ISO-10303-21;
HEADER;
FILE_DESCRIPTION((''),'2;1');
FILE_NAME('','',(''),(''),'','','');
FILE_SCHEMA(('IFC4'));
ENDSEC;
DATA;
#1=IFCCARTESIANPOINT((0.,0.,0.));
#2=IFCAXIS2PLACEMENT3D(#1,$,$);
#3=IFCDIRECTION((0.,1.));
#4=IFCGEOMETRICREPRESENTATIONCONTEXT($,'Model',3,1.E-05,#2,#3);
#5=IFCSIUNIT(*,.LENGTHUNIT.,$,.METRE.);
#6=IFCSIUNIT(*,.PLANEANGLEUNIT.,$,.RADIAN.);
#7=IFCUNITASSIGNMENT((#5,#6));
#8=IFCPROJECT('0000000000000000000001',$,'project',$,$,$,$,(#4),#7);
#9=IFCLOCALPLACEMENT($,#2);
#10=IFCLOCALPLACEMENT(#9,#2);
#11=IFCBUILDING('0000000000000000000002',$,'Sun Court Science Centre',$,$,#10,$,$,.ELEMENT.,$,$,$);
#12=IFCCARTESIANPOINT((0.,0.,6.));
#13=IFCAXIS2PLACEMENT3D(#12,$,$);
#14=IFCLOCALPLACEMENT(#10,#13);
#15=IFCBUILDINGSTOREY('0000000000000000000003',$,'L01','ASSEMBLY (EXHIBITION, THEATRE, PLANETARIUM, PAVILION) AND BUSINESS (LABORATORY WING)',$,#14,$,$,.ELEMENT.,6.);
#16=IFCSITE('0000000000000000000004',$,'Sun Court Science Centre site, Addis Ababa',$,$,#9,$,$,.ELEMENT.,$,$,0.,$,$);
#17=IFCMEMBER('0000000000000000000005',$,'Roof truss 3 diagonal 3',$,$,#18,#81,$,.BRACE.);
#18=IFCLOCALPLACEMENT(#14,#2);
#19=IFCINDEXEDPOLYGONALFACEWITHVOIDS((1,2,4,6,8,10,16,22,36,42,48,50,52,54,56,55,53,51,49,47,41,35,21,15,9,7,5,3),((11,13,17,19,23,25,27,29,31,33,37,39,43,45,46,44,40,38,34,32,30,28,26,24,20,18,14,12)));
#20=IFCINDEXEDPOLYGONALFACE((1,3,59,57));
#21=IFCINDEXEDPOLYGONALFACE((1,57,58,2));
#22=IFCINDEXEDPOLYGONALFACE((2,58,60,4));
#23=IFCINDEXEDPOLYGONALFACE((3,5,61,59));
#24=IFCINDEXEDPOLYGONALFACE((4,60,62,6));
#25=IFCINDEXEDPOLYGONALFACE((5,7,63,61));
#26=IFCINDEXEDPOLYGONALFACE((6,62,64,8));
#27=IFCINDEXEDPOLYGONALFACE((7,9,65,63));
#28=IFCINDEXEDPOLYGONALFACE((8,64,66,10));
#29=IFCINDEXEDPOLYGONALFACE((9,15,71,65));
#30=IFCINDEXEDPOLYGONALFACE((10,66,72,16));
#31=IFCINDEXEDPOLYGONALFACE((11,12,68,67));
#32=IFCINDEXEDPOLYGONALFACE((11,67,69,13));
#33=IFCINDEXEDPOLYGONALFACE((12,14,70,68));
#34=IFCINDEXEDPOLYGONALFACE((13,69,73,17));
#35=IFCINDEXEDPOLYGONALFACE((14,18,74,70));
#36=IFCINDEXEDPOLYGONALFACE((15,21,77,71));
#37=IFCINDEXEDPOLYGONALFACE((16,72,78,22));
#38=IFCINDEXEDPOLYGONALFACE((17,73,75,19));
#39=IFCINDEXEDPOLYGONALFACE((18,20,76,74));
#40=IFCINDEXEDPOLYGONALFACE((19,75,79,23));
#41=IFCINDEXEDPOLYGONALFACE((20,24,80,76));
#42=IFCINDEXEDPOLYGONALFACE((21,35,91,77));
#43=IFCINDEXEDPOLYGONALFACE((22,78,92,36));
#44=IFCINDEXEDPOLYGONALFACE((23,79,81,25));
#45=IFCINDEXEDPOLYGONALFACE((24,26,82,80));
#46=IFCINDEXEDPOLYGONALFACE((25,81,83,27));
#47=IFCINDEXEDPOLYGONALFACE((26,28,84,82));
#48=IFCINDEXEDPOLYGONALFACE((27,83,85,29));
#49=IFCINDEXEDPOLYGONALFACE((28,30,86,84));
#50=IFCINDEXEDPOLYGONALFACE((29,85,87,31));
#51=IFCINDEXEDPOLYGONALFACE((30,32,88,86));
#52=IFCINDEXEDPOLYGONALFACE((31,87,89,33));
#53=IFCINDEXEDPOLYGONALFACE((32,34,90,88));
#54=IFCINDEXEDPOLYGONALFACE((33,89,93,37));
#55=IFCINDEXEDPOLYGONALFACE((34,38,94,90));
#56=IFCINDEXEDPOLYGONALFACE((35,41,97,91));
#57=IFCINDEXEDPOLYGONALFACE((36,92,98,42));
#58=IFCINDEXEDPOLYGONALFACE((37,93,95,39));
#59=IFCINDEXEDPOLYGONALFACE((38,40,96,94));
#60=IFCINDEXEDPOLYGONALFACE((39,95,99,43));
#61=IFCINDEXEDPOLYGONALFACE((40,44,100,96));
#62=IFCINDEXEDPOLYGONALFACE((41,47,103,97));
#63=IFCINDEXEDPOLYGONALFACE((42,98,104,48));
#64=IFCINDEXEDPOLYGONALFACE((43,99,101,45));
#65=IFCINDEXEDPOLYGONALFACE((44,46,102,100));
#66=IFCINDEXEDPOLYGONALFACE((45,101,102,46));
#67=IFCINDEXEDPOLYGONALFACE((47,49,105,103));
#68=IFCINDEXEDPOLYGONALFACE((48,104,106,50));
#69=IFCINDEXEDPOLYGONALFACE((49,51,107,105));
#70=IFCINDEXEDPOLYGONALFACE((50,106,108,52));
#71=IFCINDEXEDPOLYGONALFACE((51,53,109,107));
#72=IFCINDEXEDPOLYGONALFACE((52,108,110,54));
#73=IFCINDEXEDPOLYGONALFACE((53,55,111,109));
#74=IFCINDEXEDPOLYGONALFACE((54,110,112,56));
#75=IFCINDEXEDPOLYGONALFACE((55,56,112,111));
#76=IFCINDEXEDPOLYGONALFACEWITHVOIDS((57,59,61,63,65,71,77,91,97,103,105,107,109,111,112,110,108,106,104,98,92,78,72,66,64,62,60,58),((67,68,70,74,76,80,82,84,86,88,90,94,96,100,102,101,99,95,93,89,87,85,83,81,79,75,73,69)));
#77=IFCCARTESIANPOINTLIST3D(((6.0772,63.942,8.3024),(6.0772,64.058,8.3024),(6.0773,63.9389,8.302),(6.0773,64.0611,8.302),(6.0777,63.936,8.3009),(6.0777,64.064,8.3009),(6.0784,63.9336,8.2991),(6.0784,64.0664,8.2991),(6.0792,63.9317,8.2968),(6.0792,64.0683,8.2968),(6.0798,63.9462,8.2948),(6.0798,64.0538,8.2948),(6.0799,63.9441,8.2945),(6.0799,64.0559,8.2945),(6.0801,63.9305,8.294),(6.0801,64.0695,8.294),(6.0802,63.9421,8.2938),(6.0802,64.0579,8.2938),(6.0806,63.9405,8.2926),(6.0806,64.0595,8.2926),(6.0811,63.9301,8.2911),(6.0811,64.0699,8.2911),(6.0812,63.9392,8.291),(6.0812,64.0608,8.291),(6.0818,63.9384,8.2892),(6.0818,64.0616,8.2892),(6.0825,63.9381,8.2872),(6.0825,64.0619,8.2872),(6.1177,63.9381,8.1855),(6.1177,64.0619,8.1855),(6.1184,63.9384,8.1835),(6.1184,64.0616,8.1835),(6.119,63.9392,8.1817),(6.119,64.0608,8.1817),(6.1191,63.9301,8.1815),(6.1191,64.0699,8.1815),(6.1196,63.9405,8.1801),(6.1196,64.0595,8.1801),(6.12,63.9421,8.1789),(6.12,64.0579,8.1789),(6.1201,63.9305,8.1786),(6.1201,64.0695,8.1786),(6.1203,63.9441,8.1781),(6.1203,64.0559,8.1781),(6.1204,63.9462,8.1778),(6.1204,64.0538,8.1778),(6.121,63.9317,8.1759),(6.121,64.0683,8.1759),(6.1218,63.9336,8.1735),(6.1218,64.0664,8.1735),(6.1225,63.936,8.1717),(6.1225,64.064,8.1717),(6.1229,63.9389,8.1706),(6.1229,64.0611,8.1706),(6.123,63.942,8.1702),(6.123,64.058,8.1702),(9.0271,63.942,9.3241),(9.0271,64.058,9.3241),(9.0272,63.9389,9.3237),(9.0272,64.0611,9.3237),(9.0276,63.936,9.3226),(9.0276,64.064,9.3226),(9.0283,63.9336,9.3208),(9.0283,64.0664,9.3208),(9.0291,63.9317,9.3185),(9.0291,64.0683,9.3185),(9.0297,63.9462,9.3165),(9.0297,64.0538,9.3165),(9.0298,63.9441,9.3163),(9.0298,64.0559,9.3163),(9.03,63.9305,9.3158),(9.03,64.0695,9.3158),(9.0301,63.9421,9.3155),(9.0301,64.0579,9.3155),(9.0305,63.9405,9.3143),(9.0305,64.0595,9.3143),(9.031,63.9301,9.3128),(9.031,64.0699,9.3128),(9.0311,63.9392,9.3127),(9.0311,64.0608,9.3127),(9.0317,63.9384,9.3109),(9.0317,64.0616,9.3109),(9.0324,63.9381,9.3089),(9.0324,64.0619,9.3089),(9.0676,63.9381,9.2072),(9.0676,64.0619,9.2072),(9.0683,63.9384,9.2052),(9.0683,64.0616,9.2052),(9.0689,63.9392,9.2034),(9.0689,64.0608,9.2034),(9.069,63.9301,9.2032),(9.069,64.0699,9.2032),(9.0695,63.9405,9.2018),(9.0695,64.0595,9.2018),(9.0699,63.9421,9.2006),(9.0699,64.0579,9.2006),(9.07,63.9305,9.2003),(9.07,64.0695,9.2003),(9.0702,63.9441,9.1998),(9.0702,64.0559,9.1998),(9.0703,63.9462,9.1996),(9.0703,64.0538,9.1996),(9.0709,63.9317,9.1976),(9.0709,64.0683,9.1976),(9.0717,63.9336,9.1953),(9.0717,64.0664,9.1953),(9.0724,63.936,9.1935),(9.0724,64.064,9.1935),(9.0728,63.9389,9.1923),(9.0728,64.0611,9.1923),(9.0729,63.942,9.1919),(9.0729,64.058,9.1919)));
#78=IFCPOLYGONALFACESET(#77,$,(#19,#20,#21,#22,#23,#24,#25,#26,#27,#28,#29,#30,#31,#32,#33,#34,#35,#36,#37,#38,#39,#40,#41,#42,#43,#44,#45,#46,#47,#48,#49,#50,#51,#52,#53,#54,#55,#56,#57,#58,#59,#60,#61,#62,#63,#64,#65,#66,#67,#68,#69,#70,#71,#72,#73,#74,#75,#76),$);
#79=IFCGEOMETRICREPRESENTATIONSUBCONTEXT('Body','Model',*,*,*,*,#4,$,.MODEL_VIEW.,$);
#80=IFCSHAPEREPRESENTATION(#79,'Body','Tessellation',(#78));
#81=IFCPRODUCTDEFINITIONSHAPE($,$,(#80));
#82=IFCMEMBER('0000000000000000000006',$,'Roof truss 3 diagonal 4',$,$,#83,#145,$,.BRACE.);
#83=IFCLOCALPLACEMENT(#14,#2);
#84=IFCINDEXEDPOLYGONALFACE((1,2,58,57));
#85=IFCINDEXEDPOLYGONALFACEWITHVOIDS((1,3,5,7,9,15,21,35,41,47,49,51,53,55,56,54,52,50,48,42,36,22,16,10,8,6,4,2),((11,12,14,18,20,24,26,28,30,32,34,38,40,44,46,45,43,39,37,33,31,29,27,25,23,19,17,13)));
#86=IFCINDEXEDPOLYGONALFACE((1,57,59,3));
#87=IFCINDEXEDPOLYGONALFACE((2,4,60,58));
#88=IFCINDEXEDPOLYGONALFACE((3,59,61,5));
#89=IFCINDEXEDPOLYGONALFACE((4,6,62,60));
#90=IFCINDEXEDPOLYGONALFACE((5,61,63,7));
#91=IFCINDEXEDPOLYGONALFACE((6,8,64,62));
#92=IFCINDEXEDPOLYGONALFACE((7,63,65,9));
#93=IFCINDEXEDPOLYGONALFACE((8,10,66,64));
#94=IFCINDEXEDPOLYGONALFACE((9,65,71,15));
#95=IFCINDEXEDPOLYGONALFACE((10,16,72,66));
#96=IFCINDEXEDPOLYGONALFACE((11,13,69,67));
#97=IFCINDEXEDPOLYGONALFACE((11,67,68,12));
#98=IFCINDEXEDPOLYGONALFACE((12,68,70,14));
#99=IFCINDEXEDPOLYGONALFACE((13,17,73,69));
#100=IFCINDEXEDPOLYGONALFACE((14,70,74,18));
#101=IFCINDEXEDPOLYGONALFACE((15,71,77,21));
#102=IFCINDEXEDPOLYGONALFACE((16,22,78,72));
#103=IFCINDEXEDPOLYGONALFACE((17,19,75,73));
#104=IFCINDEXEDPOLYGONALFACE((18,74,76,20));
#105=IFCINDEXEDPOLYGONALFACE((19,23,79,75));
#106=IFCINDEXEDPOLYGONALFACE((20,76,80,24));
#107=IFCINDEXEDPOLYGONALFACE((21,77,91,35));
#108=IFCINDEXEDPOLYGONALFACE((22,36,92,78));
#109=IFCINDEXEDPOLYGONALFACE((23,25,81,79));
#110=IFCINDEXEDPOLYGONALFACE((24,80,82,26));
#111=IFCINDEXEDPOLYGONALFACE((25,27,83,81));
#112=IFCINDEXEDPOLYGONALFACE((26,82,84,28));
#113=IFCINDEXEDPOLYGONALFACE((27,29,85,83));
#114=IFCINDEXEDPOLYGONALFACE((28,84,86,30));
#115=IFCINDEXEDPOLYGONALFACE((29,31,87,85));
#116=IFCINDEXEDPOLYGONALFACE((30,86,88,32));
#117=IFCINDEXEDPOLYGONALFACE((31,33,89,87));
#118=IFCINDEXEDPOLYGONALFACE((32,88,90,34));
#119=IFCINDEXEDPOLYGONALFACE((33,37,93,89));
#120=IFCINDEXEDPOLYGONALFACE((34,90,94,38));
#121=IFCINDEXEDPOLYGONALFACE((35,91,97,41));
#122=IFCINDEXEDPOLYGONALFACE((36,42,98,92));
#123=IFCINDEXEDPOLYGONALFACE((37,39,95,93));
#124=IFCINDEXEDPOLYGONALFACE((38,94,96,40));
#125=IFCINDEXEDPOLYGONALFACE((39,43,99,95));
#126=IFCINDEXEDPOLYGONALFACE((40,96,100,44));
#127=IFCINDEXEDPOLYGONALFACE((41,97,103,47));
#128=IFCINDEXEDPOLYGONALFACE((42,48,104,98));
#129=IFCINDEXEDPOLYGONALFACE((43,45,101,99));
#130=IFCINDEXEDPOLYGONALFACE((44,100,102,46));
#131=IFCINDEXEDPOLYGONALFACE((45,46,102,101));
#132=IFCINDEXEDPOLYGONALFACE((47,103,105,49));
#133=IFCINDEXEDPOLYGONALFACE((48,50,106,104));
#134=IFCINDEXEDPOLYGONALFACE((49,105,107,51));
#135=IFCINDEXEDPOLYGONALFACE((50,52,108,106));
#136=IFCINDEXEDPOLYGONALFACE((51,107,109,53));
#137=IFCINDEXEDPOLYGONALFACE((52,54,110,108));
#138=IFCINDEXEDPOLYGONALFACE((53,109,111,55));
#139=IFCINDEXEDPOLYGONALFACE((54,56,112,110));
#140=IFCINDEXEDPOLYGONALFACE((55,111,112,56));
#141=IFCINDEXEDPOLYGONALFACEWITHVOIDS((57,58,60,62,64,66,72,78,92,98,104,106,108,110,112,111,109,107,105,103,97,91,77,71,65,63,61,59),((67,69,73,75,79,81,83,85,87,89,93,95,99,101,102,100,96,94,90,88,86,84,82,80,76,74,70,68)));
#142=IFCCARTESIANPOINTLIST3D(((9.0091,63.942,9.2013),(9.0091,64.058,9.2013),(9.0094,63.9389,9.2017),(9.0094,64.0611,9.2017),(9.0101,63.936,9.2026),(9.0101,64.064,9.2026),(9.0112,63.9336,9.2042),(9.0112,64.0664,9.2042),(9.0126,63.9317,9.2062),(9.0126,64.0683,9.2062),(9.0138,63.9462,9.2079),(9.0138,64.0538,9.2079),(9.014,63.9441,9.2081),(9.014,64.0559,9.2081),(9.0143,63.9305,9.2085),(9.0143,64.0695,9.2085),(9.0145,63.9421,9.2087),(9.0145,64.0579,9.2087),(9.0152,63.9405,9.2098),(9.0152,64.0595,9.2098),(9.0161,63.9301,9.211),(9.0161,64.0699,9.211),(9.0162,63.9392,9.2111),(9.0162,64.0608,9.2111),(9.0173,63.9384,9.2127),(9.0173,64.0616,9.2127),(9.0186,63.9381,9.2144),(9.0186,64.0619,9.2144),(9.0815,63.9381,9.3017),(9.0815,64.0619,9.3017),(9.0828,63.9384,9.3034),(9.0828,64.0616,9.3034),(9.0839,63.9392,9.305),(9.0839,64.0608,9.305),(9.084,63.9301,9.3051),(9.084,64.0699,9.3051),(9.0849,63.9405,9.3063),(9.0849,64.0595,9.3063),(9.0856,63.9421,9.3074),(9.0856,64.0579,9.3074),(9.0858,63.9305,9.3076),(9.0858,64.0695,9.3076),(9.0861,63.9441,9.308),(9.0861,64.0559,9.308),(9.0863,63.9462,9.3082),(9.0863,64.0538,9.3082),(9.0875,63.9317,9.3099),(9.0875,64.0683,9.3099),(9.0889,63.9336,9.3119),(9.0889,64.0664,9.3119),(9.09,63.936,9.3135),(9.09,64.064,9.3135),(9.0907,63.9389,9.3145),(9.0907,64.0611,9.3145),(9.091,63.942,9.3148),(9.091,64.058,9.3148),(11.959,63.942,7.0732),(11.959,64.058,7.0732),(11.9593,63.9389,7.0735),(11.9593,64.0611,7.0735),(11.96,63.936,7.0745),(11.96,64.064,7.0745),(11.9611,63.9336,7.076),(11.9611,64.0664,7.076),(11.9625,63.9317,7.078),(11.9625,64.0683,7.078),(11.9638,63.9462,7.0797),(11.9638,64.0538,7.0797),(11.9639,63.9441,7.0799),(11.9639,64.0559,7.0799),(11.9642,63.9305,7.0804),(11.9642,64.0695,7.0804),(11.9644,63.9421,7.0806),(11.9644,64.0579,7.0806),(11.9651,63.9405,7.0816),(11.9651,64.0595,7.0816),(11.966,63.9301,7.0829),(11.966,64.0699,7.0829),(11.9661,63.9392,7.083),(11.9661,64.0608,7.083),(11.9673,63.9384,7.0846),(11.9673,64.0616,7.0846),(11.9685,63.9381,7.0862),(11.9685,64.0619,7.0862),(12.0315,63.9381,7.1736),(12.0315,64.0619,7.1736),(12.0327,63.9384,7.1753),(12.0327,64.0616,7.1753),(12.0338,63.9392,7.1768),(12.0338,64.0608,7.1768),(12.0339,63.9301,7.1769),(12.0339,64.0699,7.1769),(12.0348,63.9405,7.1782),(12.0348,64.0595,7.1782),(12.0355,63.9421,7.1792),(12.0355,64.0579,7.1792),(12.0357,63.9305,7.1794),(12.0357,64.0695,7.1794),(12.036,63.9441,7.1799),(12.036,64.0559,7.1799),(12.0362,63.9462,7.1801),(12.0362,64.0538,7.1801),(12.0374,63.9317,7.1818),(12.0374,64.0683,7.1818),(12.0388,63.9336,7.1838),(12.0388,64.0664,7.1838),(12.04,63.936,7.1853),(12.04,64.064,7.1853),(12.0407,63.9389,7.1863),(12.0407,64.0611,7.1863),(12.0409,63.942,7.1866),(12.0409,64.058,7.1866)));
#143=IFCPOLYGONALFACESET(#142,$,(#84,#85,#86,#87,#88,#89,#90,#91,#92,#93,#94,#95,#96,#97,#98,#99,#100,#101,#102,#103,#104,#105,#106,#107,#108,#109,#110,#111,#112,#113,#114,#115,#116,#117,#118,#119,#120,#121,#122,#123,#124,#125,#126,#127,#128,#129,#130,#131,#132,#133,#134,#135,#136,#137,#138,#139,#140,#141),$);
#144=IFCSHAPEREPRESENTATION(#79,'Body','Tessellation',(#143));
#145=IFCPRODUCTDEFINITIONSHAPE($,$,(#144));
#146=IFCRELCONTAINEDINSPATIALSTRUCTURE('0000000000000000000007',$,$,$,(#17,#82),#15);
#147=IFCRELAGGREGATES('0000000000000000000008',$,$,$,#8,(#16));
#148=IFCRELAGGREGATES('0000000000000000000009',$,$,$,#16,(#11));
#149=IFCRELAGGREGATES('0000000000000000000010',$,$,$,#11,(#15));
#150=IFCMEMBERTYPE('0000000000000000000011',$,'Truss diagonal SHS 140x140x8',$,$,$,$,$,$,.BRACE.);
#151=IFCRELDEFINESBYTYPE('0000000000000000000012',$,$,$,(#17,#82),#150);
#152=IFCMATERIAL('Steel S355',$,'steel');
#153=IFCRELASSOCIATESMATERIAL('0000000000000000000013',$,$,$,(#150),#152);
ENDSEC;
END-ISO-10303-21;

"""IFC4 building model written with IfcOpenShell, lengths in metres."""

from ifc_helpers import new_model, si_unit, direction, frame, origin, origin_2d, place, context, subcontext, project, spatial, hollow_rectangle, extrude, material, material_profile, profile_set, type_object, element, save


model = new_model("IFC4")

# Units and contexts
model_context = context("Model", 3, precision=1e-05, world=origin(), true_north=direction((0.0, 1.0)))
body_context = subcontext(model_context, "Body", "Model", "MODEL_VIEW")
ifc_project = project(units=[si_unit("LENGTHUNIT", "METRE"), si_unit("PLANEANGLEUNIT", "RADIAN")], contexts=[model_context])

# Site, building, storey
site_placement = place(None, origin())
site = spatial("IfcSite", under=ifc_project, at=site_placement, Name="Sun Court Science Centre site, Addis Ababa", CompositionType="ELEMENT", RefElevation=0.0)
building_placement = place(site_placement, origin())
building = spatial("IfcBuilding", under=site, at=building_placement, Name="Sun Court Science Centre", CompositionType="ELEMENT")
storey_placement = place(building_placement, frame((0.0, 0.0, 6.0)))
storey = spatial("IfcBuildingStorey", under=building, at=storey_placement, Name="L01", Description="ASSEMBLY (EXHIBITION, THEATRE, PLANETARIUM, PAVILION) AND BUSINESS (LABORATORY WING)", CompositionType="ELEMENT", Elevation=6.0)

# Members
ifc_material_1 = material(Name="Steel S355", Category="steel")
ifc_material_profile_1 = material_profile(ifc_material_1, hollow_rectangle(XDim=0.1399, YDim=0.1399, WallThickness=0.0081, InnerFilletRadius=0.0081, OuterFilletRadius=0.012, at=origin_2d()), Name="SHS 140x140x8")
ifc_profile_set_1 = profile_set([ifc_material_profile_1], Name="Steel S355")
member_type_1 = type_object("IfcMemberType", Name="Truss diagonal SHS 140x140x8", PredefinedType="BRACE", material=ifc_profile_set_1)
member_1_placement = place(storey_placement, frame((6.1001, 64.0, 8.2363), z_axis=(0.944927, 0.0, 0.32728), x_axis=(0.0, 1.0, 0.0)))
element("IfcMember", 1, at=member_1_placement, inside=storey, type_object=member_type_1, Name="Roof truss 3 diagonal 3", PredefinedType="BRACE", context=body_context, shape_type="SweptSolid", body=[
    extrude(hollow_rectangle(XDim=0.1399, YDim=0.1399, WallThickness=0.0081, InnerFilletRadius=0.0081, OuterFilletRadius=0.012, at=origin_2d()), origin(), (0.0, 0.0, 1.0), 3.1218),
])
member_2_placement = place(storey_placement, frame((9.05, 64.0, 9.2581), z_axis=(0.810985, 0.0, -0.585067), x_axis=(0.0, 1.0, 0.0)))
element("IfcMember", 2, at=member_2_placement, inside=storey, type_object=member_type_1, Name="Roof truss 3 diagonal 4", PredefinedType="BRACE", context=body_context, shape_type="SweptSolid", body=[
    extrude(hollow_rectangle(XDim=0.1399, YDim=0.1399, WallThickness=0.0081, InnerFilletRadius=0.0081, OuterFilletRadius=0.012, at=origin_2d()), origin(), (0.0, 0.0, 1.0), 3.6375),
])

save(model, "model.ifc")
